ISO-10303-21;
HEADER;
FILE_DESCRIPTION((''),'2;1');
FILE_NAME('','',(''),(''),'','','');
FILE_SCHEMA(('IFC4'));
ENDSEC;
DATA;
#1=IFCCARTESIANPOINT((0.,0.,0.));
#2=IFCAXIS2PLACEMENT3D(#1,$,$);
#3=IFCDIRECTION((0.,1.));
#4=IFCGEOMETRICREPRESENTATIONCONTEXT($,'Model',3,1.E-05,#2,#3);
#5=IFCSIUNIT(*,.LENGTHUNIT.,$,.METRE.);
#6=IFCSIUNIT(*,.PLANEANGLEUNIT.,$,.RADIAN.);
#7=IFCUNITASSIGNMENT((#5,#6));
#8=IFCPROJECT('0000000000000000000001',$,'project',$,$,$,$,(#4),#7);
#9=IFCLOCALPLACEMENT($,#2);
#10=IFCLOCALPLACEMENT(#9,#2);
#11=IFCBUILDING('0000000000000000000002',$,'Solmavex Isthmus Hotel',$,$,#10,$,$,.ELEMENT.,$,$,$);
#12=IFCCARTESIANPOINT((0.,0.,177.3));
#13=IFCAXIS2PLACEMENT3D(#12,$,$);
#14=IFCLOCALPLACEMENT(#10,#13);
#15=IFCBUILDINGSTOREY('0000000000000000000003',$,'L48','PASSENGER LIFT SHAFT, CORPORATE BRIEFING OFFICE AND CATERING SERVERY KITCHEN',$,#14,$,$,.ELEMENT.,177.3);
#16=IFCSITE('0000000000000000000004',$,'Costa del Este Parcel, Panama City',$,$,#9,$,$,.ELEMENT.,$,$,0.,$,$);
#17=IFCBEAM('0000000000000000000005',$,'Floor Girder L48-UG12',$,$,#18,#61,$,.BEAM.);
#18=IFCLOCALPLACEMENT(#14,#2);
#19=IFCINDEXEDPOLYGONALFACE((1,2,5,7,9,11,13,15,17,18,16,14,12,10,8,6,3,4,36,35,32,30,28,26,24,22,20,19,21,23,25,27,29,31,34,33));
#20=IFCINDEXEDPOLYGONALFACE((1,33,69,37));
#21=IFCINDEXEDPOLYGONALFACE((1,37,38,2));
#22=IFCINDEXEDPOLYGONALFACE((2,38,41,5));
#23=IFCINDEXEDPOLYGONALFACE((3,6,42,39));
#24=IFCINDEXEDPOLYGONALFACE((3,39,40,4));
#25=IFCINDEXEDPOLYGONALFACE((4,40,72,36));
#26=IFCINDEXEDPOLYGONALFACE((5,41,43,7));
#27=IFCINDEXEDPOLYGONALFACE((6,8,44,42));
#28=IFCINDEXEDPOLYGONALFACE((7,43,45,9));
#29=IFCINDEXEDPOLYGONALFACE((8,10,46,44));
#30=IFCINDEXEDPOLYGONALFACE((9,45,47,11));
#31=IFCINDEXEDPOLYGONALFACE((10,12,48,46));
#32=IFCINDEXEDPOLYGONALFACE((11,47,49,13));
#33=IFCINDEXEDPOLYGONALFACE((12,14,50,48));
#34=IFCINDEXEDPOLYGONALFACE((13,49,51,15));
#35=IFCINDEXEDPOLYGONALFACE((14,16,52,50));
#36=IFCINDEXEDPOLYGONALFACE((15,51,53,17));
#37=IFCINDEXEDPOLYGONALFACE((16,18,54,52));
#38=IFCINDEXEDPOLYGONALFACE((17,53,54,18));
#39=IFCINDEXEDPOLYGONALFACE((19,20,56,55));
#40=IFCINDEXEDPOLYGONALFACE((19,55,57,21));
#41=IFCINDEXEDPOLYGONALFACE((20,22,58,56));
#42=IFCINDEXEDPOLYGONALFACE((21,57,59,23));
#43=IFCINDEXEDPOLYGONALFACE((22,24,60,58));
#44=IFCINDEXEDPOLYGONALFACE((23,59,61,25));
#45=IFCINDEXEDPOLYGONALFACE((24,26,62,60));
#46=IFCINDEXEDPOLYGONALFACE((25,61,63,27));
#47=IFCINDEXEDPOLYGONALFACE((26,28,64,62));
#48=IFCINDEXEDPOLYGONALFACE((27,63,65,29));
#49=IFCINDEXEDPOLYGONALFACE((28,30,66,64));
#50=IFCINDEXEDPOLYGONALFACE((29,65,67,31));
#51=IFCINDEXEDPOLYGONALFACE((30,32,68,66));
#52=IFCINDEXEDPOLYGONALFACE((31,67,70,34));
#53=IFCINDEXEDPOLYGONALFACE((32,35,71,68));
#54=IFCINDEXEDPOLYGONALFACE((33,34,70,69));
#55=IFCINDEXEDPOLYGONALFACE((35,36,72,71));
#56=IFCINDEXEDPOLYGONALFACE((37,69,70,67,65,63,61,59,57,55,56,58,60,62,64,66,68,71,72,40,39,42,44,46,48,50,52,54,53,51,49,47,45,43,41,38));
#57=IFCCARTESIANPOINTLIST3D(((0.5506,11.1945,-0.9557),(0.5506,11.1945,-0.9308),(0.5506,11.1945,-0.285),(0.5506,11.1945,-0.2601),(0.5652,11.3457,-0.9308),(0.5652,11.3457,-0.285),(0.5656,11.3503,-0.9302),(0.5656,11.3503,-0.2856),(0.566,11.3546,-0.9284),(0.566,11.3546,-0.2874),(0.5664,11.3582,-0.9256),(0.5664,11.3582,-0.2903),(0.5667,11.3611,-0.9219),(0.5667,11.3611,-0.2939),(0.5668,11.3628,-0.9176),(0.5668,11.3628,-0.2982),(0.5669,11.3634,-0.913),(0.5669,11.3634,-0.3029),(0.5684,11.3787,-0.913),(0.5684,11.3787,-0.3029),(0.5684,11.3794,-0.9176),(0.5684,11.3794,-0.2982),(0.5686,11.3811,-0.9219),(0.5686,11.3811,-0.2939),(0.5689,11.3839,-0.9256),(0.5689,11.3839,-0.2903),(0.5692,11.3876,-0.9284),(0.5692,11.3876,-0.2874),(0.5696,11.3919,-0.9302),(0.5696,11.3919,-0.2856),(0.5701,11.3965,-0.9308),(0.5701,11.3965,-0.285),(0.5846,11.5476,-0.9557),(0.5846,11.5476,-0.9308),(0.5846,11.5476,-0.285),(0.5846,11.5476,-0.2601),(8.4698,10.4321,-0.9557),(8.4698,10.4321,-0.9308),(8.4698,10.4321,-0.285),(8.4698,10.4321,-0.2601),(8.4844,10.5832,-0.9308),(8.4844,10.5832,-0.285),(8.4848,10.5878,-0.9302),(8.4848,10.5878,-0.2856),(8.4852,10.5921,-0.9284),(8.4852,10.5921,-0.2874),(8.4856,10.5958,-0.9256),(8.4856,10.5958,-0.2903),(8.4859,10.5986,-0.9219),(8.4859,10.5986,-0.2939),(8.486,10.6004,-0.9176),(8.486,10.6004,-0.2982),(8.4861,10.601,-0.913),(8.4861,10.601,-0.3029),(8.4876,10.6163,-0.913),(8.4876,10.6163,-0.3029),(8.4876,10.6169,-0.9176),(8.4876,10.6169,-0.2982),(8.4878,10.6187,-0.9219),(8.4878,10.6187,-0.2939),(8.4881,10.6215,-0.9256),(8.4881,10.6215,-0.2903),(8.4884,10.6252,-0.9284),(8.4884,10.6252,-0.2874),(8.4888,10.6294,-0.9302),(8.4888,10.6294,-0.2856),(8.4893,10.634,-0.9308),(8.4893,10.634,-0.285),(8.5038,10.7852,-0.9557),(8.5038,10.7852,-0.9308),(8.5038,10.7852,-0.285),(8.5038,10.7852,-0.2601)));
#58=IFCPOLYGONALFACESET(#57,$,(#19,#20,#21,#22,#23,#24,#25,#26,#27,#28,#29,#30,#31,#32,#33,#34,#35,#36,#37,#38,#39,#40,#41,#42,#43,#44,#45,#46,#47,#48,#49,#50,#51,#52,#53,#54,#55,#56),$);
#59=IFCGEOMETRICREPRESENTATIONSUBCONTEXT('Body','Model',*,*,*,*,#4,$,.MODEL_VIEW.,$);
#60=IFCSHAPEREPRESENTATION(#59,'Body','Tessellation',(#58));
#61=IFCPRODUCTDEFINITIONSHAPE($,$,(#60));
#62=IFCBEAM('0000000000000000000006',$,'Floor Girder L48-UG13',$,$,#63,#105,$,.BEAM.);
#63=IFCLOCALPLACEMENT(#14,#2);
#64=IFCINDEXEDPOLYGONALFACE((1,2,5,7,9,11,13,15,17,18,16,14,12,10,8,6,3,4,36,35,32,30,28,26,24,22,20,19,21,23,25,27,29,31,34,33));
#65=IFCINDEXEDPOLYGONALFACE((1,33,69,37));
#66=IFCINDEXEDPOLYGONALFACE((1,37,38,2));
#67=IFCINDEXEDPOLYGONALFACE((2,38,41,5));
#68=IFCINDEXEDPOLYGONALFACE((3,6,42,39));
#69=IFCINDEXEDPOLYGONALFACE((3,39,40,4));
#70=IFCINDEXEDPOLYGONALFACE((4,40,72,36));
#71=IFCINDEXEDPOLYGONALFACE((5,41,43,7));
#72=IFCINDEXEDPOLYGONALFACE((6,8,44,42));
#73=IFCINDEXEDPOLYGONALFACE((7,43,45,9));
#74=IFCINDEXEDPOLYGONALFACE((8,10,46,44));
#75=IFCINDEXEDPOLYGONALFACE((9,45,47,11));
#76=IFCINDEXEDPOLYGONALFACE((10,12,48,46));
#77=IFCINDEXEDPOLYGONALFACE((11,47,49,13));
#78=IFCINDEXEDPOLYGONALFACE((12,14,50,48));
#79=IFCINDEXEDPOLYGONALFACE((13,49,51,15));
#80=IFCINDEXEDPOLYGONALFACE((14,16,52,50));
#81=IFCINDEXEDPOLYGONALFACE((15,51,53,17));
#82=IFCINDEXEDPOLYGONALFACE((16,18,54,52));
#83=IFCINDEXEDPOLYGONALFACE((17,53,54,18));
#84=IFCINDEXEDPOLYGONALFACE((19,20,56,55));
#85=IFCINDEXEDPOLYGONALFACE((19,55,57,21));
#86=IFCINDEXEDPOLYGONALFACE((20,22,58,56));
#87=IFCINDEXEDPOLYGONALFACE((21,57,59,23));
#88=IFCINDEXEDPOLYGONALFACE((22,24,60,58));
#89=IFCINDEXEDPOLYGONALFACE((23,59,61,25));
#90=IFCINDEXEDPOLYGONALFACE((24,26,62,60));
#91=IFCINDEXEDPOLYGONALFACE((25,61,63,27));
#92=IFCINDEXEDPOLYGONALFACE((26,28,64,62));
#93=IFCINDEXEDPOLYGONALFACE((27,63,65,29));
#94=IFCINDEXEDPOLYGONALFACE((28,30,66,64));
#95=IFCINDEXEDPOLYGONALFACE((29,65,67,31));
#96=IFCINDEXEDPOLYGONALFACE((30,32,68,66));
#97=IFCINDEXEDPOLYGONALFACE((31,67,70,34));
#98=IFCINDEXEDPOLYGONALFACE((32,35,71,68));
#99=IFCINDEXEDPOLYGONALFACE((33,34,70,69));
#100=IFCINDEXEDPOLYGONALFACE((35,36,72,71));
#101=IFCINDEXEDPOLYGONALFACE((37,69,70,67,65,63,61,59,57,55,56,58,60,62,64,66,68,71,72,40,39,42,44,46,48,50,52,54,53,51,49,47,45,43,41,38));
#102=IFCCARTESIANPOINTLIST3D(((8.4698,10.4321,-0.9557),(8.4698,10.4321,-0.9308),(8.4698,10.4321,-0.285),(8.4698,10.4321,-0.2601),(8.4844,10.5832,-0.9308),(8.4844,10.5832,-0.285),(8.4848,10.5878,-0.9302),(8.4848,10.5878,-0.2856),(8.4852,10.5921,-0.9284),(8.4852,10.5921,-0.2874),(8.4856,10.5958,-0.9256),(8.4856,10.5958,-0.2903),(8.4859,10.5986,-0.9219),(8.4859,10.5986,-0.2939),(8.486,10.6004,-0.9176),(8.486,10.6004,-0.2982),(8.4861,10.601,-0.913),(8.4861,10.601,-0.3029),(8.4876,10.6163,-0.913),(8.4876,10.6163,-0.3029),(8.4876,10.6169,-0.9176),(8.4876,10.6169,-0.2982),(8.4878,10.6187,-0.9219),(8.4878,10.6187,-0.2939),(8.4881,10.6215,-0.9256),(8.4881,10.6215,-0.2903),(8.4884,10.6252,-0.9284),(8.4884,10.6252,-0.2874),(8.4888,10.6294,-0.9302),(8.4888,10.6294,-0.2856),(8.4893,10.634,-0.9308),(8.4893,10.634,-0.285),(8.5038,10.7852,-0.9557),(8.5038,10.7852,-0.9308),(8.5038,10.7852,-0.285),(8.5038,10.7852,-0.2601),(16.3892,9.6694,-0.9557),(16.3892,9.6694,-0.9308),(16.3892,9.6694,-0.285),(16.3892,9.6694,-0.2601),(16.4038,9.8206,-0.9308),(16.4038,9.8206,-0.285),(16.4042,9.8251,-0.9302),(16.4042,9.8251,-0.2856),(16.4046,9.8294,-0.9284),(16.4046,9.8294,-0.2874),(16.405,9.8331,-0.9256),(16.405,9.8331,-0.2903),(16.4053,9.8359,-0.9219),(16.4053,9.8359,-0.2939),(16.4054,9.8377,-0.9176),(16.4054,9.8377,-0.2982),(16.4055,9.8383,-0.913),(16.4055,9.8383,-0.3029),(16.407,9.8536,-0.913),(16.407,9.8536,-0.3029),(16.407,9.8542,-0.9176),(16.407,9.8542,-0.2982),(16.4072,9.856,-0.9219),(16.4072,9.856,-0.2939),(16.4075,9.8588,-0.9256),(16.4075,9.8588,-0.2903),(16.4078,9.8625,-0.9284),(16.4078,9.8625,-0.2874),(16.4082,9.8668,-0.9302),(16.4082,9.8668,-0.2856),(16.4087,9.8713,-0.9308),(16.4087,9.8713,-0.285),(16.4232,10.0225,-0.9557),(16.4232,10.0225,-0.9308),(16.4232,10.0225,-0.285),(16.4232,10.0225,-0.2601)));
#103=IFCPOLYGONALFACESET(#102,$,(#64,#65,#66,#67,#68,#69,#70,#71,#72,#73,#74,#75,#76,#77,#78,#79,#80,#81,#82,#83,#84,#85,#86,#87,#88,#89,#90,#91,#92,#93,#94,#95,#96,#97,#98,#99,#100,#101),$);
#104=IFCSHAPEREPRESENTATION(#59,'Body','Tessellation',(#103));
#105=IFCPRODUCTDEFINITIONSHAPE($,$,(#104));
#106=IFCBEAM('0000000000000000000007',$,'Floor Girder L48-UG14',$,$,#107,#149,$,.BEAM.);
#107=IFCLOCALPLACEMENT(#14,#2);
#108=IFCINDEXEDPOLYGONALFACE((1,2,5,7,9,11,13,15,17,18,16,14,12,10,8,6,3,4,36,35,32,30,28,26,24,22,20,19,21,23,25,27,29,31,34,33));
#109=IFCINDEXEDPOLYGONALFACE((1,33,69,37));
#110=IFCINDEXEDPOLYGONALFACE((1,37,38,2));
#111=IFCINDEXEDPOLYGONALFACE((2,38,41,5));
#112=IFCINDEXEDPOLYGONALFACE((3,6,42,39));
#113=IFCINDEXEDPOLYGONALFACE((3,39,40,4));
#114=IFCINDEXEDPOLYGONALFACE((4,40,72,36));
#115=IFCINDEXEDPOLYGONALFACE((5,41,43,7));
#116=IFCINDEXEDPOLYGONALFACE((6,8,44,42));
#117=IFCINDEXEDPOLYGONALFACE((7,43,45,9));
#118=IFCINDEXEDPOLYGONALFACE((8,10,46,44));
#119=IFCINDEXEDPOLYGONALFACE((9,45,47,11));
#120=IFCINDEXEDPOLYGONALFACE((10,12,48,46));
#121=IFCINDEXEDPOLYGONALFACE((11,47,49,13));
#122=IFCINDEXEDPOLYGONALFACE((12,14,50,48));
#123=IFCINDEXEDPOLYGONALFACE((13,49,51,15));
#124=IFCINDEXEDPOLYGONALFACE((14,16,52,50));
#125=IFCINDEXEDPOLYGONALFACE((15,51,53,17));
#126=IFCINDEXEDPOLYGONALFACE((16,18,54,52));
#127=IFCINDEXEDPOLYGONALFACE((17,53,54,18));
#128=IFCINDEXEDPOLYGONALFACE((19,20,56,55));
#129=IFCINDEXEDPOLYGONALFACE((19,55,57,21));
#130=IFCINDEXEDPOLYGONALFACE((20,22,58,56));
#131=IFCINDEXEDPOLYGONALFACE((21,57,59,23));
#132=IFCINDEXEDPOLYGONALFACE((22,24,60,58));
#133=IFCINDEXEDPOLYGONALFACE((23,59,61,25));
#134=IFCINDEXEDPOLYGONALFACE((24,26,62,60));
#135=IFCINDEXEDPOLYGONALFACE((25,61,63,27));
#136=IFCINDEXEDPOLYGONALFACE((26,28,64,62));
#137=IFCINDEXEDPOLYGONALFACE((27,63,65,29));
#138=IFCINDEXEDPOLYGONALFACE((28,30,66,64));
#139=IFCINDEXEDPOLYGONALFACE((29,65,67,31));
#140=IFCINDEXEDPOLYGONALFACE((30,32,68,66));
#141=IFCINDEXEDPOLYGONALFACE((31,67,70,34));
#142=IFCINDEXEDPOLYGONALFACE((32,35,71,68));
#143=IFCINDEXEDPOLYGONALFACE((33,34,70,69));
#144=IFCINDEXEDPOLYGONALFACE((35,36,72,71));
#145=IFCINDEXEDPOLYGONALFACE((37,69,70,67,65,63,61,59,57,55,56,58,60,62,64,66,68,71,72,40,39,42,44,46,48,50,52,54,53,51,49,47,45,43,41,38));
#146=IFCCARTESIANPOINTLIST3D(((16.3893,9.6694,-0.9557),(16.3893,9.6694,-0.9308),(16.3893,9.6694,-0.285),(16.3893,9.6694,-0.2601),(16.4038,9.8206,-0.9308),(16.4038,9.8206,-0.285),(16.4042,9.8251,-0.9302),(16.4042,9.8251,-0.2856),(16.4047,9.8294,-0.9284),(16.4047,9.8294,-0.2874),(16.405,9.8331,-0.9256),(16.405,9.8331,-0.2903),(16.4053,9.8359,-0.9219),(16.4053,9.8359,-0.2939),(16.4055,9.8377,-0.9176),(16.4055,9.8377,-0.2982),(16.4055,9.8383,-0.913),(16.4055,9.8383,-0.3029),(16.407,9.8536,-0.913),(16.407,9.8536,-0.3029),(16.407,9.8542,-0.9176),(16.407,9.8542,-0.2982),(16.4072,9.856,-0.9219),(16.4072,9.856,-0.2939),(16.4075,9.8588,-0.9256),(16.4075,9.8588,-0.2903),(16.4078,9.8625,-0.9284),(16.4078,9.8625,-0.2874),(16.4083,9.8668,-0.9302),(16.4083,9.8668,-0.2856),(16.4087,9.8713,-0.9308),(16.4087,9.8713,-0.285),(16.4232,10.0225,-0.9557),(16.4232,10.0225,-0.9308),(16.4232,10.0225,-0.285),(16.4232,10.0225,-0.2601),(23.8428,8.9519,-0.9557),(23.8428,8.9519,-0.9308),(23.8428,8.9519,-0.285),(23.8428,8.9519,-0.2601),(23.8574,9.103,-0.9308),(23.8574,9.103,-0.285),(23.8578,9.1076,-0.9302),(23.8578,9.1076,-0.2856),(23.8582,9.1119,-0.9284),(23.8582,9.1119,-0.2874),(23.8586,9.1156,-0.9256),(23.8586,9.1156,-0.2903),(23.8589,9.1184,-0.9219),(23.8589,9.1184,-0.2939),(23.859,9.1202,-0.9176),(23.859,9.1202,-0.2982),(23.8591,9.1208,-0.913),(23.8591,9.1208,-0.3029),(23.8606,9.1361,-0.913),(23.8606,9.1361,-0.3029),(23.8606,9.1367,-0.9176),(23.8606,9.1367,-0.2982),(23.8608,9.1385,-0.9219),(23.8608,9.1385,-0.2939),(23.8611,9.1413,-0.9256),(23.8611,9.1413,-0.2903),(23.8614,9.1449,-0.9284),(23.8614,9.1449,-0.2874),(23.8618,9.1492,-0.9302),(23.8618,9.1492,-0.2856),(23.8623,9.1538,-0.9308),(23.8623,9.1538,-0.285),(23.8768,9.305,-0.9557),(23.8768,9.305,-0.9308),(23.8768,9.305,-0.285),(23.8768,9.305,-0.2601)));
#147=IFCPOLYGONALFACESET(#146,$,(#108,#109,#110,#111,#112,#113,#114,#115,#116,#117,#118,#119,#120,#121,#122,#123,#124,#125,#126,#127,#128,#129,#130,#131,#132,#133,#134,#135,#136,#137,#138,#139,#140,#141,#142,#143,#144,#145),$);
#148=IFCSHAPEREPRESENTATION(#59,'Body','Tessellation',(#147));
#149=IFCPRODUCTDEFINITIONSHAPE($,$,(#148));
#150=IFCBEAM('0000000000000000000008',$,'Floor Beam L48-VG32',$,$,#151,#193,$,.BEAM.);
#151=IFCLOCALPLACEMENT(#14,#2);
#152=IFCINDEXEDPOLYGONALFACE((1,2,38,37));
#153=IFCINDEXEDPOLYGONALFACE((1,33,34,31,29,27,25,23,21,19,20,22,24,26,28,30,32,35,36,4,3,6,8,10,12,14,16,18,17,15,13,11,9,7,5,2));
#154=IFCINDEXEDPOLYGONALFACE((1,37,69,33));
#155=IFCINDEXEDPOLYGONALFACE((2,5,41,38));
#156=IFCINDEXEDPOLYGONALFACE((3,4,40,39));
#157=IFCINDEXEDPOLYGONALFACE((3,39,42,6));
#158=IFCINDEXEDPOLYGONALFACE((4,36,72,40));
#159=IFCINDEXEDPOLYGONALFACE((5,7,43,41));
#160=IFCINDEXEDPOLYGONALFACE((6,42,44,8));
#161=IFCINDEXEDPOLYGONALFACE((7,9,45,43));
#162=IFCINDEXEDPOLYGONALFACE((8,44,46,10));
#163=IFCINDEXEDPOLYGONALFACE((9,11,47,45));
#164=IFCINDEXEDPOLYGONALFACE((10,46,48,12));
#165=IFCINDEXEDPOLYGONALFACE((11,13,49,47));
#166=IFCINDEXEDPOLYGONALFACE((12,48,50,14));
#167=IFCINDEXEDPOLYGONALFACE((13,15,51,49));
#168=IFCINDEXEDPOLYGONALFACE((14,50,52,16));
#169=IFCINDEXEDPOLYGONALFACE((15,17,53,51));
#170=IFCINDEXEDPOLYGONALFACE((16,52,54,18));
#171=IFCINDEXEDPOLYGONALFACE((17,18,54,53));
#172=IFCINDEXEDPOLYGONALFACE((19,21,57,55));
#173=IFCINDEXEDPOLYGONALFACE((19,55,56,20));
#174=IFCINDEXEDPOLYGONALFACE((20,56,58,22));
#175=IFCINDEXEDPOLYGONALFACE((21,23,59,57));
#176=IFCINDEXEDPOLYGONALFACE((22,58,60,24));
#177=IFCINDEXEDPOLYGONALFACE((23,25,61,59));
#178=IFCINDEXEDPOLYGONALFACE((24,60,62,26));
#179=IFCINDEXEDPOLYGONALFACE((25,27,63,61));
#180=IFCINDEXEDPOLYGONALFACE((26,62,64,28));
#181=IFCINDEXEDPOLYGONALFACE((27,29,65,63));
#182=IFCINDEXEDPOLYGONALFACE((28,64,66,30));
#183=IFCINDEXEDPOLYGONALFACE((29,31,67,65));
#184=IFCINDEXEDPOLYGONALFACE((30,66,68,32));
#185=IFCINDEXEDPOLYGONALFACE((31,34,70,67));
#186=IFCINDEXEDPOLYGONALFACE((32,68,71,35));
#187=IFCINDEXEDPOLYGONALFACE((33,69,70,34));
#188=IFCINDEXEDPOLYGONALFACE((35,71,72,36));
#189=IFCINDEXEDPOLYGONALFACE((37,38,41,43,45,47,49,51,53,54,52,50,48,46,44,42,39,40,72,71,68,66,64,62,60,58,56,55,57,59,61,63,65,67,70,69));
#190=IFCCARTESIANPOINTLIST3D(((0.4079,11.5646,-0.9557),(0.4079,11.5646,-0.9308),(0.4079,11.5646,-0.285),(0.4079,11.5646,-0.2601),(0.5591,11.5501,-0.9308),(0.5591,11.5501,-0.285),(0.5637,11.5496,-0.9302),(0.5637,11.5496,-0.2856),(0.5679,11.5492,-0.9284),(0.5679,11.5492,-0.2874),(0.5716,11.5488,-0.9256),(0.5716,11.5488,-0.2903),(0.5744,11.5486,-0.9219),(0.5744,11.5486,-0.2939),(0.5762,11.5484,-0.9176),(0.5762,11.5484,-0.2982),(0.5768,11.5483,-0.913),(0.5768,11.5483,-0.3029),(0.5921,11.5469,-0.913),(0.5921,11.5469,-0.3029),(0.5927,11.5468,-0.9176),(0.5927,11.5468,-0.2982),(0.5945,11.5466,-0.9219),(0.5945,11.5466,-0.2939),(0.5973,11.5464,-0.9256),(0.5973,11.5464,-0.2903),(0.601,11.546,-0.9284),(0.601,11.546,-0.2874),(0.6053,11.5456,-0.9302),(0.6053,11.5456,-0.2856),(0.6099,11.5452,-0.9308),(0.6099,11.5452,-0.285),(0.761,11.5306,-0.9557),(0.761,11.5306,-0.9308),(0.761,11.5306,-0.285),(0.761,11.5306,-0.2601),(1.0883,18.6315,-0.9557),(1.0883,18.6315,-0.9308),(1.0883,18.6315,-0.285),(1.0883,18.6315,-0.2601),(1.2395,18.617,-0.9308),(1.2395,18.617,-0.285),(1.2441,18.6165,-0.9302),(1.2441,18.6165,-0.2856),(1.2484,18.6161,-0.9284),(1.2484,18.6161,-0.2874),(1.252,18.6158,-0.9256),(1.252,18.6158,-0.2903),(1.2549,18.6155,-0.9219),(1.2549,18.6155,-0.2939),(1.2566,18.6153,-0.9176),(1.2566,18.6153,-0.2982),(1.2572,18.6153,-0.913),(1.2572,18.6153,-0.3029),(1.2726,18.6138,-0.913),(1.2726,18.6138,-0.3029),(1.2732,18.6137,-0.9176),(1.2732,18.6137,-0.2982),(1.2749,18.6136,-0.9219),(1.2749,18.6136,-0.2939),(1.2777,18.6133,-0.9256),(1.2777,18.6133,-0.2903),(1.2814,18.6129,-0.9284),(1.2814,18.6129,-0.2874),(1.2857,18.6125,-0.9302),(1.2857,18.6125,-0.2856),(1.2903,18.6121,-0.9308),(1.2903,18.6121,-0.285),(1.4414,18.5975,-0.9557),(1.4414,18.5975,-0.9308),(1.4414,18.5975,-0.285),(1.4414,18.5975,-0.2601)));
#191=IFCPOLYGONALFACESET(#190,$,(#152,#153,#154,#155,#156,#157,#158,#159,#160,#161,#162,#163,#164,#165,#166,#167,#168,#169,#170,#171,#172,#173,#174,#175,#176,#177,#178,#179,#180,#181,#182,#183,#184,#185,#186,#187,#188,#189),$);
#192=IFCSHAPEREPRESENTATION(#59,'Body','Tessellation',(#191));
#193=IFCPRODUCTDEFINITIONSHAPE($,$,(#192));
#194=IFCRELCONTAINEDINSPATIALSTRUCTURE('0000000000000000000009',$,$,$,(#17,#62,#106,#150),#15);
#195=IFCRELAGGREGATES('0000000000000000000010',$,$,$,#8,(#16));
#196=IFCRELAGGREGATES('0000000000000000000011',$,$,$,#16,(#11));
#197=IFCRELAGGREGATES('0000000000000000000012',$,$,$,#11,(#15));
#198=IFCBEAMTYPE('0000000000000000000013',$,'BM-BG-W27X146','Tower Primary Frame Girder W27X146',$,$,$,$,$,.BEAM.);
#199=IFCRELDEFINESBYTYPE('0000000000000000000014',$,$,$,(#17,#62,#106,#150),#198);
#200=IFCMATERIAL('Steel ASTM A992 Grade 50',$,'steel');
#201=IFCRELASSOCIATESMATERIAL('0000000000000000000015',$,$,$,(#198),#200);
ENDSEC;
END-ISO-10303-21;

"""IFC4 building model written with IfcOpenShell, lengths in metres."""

from ifc_helpers import new_model, si_unit, direction, frame, origin, origin_2d, place, context, subcontext, project, spatial, i_section, extrude, material, material_profile, profile_set, type_object, element, save


model = new_model("IFC4")

# Units and contexts
model_context = context("Model", 3, precision=1e-05, world=origin(), true_north=direction((0.0, 1.0)))
body_context = subcontext(model_context, "Body", "Model", "MODEL_VIEW")
ifc_project = project(units=[si_unit("LENGTHUNIT", "METRE"), si_unit("PLANEANGLEUNIT", "RADIAN")], contexts=[model_context])

# Site, building, storey
site_placement = place(None, origin())
site = spatial("IfcSite", under=ifc_project, at=site_placement, Name="Costa del Este Parcel, Panama City", CompositionType="ELEMENT", RefElevation=0.0)
building_placement = place(site_placement, origin())
building = spatial("IfcBuilding", under=site, at=building_placement, Name="Solmavex Isthmus Hotel", CompositionType="ELEMENT")
storey_placement = place(building_placement, frame((0.0, 0.0, 177.3)))
storey = spatial("IfcBuildingStorey", under=building, at=storey_placement, Name="L48", Description="PASSENGER LIFT SHAFT, CORPORATE BRIEFING OFFICE AND CATERING SERVERY KITCHEN", CompositionType="ELEMENT", Elevation=177.3)

# Beams
ifc_material_1 = material(Name="Steel ASTM A992 Grade 50", Category="steel")
ifc_material_profile_1 = material_profile(ifc_material_1, i_section(OverallWidth=0.3547, OverallDepth=0.6956, WebThickness=0.0154, FlangeThickness=0.0249, FilletRadius=0.0178, at=origin_2d()), Name="W27X146")
ifc_profile_set_1 = profile_set([ifc_material_profile_1], Name="Steel ASTM A992 Grade 50")
beam_type_1 = type_object("IfcBeamType", Name="BM-BG-W27X146", Description="Tower Primary Frame Girder W27X146", PredefinedType="BEAM", material=ifc_profile_set_1)
beam_1_placement = place(storey_placement, frame((0.5676, 11.3711, -0.6079), z_axis=(0.995397, -0.095836, 0.0), x_axis=(0.095836, 0.995397, 0.0)))
element("IfcBeam", 1, at=beam_1_placement, inside=storey, type_object=beam_type_1, Name="Floor Girder L48-UG12", PredefinedType="BEAM", context=body_context, shape_type="SweptSolid", body=[
    extrude(i_section(OverallWidth=0.3547, OverallDepth=0.6956, WebThickness=0.0154, FlangeThickness=0.0249, FilletRadius=0.0178, at=origin_2d()), origin(), (0.0, 0.0, 1.0), 7.9558),
])
beam_2_placement = place(storey_placement, frame((8.4868, 10.6086, -0.6079), z_axis=(0.995395, -0.095863, 0.0), x_axis=(0.095863, 0.995395, 0.0)))
element("IfcBeam", 2, at=beam_2_placement, inside=storey, type_object=beam_type_1, Name="Floor Girder L48-UG13", PredefinedType="BEAM", context=body_context, shape_type="SweptSolid", body=[
    extrude(i_section(OverallWidth=0.3547, OverallDepth=0.6956, WebThickness=0.0154, FlangeThickness=0.0249, FilletRadius=0.0178, at=origin_2d()), origin(), (0.0, 0.0, 1.0), 7.9561),
])
beam_3_placement = place(storey_placement, frame((16.4062, 9.8459, -0.6079), z_axis=(0.995398, -0.095823, 0.0), x_axis=(0.095823, 0.995398, 0.0)))
element("IfcBeam", 3, at=beam_3_placement, inside=storey, type_object=beam_type_1, Name="Floor Girder L48-UG14", PredefinedType="BEAM", context=body_context, shape_type="SweptSolid", body=[
    extrude(i_section(OverallWidth=0.3547, OverallDepth=0.6956, WebThickness=0.0154, FlangeThickness=0.0249, FilletRadius=0.0178, at=origin_2d()), origin(), (0.0, 0.0, 1.0), 7.488),
])
beam_4_placement = place(storey_placement, frame((0.5845, 11.5476, -0.6079), z_axis=(0.09584, 0.995397, 0.0), x_axis=(-0.995397, 0.09584, 0.0)))
element("IfcBeam", 4, at=beam_4_placement, inside=storey, type_object=beam_type_1, Name="Floor Beam L48-VG32", PredefinedType="BEAM", context=body_context, shape_type="SweptSolid", body=[
    extrude(i_section(OverallWidth=0.3547, OverallDepth=0.6956, WebThickness=0.0154, FlangeThickness=0.0249, FilletRadius=0.0178, at=origin_2d()), origin(), (0.0, 0.0, 1.0), 7.0996),
])

save(model, "model.ifc")
